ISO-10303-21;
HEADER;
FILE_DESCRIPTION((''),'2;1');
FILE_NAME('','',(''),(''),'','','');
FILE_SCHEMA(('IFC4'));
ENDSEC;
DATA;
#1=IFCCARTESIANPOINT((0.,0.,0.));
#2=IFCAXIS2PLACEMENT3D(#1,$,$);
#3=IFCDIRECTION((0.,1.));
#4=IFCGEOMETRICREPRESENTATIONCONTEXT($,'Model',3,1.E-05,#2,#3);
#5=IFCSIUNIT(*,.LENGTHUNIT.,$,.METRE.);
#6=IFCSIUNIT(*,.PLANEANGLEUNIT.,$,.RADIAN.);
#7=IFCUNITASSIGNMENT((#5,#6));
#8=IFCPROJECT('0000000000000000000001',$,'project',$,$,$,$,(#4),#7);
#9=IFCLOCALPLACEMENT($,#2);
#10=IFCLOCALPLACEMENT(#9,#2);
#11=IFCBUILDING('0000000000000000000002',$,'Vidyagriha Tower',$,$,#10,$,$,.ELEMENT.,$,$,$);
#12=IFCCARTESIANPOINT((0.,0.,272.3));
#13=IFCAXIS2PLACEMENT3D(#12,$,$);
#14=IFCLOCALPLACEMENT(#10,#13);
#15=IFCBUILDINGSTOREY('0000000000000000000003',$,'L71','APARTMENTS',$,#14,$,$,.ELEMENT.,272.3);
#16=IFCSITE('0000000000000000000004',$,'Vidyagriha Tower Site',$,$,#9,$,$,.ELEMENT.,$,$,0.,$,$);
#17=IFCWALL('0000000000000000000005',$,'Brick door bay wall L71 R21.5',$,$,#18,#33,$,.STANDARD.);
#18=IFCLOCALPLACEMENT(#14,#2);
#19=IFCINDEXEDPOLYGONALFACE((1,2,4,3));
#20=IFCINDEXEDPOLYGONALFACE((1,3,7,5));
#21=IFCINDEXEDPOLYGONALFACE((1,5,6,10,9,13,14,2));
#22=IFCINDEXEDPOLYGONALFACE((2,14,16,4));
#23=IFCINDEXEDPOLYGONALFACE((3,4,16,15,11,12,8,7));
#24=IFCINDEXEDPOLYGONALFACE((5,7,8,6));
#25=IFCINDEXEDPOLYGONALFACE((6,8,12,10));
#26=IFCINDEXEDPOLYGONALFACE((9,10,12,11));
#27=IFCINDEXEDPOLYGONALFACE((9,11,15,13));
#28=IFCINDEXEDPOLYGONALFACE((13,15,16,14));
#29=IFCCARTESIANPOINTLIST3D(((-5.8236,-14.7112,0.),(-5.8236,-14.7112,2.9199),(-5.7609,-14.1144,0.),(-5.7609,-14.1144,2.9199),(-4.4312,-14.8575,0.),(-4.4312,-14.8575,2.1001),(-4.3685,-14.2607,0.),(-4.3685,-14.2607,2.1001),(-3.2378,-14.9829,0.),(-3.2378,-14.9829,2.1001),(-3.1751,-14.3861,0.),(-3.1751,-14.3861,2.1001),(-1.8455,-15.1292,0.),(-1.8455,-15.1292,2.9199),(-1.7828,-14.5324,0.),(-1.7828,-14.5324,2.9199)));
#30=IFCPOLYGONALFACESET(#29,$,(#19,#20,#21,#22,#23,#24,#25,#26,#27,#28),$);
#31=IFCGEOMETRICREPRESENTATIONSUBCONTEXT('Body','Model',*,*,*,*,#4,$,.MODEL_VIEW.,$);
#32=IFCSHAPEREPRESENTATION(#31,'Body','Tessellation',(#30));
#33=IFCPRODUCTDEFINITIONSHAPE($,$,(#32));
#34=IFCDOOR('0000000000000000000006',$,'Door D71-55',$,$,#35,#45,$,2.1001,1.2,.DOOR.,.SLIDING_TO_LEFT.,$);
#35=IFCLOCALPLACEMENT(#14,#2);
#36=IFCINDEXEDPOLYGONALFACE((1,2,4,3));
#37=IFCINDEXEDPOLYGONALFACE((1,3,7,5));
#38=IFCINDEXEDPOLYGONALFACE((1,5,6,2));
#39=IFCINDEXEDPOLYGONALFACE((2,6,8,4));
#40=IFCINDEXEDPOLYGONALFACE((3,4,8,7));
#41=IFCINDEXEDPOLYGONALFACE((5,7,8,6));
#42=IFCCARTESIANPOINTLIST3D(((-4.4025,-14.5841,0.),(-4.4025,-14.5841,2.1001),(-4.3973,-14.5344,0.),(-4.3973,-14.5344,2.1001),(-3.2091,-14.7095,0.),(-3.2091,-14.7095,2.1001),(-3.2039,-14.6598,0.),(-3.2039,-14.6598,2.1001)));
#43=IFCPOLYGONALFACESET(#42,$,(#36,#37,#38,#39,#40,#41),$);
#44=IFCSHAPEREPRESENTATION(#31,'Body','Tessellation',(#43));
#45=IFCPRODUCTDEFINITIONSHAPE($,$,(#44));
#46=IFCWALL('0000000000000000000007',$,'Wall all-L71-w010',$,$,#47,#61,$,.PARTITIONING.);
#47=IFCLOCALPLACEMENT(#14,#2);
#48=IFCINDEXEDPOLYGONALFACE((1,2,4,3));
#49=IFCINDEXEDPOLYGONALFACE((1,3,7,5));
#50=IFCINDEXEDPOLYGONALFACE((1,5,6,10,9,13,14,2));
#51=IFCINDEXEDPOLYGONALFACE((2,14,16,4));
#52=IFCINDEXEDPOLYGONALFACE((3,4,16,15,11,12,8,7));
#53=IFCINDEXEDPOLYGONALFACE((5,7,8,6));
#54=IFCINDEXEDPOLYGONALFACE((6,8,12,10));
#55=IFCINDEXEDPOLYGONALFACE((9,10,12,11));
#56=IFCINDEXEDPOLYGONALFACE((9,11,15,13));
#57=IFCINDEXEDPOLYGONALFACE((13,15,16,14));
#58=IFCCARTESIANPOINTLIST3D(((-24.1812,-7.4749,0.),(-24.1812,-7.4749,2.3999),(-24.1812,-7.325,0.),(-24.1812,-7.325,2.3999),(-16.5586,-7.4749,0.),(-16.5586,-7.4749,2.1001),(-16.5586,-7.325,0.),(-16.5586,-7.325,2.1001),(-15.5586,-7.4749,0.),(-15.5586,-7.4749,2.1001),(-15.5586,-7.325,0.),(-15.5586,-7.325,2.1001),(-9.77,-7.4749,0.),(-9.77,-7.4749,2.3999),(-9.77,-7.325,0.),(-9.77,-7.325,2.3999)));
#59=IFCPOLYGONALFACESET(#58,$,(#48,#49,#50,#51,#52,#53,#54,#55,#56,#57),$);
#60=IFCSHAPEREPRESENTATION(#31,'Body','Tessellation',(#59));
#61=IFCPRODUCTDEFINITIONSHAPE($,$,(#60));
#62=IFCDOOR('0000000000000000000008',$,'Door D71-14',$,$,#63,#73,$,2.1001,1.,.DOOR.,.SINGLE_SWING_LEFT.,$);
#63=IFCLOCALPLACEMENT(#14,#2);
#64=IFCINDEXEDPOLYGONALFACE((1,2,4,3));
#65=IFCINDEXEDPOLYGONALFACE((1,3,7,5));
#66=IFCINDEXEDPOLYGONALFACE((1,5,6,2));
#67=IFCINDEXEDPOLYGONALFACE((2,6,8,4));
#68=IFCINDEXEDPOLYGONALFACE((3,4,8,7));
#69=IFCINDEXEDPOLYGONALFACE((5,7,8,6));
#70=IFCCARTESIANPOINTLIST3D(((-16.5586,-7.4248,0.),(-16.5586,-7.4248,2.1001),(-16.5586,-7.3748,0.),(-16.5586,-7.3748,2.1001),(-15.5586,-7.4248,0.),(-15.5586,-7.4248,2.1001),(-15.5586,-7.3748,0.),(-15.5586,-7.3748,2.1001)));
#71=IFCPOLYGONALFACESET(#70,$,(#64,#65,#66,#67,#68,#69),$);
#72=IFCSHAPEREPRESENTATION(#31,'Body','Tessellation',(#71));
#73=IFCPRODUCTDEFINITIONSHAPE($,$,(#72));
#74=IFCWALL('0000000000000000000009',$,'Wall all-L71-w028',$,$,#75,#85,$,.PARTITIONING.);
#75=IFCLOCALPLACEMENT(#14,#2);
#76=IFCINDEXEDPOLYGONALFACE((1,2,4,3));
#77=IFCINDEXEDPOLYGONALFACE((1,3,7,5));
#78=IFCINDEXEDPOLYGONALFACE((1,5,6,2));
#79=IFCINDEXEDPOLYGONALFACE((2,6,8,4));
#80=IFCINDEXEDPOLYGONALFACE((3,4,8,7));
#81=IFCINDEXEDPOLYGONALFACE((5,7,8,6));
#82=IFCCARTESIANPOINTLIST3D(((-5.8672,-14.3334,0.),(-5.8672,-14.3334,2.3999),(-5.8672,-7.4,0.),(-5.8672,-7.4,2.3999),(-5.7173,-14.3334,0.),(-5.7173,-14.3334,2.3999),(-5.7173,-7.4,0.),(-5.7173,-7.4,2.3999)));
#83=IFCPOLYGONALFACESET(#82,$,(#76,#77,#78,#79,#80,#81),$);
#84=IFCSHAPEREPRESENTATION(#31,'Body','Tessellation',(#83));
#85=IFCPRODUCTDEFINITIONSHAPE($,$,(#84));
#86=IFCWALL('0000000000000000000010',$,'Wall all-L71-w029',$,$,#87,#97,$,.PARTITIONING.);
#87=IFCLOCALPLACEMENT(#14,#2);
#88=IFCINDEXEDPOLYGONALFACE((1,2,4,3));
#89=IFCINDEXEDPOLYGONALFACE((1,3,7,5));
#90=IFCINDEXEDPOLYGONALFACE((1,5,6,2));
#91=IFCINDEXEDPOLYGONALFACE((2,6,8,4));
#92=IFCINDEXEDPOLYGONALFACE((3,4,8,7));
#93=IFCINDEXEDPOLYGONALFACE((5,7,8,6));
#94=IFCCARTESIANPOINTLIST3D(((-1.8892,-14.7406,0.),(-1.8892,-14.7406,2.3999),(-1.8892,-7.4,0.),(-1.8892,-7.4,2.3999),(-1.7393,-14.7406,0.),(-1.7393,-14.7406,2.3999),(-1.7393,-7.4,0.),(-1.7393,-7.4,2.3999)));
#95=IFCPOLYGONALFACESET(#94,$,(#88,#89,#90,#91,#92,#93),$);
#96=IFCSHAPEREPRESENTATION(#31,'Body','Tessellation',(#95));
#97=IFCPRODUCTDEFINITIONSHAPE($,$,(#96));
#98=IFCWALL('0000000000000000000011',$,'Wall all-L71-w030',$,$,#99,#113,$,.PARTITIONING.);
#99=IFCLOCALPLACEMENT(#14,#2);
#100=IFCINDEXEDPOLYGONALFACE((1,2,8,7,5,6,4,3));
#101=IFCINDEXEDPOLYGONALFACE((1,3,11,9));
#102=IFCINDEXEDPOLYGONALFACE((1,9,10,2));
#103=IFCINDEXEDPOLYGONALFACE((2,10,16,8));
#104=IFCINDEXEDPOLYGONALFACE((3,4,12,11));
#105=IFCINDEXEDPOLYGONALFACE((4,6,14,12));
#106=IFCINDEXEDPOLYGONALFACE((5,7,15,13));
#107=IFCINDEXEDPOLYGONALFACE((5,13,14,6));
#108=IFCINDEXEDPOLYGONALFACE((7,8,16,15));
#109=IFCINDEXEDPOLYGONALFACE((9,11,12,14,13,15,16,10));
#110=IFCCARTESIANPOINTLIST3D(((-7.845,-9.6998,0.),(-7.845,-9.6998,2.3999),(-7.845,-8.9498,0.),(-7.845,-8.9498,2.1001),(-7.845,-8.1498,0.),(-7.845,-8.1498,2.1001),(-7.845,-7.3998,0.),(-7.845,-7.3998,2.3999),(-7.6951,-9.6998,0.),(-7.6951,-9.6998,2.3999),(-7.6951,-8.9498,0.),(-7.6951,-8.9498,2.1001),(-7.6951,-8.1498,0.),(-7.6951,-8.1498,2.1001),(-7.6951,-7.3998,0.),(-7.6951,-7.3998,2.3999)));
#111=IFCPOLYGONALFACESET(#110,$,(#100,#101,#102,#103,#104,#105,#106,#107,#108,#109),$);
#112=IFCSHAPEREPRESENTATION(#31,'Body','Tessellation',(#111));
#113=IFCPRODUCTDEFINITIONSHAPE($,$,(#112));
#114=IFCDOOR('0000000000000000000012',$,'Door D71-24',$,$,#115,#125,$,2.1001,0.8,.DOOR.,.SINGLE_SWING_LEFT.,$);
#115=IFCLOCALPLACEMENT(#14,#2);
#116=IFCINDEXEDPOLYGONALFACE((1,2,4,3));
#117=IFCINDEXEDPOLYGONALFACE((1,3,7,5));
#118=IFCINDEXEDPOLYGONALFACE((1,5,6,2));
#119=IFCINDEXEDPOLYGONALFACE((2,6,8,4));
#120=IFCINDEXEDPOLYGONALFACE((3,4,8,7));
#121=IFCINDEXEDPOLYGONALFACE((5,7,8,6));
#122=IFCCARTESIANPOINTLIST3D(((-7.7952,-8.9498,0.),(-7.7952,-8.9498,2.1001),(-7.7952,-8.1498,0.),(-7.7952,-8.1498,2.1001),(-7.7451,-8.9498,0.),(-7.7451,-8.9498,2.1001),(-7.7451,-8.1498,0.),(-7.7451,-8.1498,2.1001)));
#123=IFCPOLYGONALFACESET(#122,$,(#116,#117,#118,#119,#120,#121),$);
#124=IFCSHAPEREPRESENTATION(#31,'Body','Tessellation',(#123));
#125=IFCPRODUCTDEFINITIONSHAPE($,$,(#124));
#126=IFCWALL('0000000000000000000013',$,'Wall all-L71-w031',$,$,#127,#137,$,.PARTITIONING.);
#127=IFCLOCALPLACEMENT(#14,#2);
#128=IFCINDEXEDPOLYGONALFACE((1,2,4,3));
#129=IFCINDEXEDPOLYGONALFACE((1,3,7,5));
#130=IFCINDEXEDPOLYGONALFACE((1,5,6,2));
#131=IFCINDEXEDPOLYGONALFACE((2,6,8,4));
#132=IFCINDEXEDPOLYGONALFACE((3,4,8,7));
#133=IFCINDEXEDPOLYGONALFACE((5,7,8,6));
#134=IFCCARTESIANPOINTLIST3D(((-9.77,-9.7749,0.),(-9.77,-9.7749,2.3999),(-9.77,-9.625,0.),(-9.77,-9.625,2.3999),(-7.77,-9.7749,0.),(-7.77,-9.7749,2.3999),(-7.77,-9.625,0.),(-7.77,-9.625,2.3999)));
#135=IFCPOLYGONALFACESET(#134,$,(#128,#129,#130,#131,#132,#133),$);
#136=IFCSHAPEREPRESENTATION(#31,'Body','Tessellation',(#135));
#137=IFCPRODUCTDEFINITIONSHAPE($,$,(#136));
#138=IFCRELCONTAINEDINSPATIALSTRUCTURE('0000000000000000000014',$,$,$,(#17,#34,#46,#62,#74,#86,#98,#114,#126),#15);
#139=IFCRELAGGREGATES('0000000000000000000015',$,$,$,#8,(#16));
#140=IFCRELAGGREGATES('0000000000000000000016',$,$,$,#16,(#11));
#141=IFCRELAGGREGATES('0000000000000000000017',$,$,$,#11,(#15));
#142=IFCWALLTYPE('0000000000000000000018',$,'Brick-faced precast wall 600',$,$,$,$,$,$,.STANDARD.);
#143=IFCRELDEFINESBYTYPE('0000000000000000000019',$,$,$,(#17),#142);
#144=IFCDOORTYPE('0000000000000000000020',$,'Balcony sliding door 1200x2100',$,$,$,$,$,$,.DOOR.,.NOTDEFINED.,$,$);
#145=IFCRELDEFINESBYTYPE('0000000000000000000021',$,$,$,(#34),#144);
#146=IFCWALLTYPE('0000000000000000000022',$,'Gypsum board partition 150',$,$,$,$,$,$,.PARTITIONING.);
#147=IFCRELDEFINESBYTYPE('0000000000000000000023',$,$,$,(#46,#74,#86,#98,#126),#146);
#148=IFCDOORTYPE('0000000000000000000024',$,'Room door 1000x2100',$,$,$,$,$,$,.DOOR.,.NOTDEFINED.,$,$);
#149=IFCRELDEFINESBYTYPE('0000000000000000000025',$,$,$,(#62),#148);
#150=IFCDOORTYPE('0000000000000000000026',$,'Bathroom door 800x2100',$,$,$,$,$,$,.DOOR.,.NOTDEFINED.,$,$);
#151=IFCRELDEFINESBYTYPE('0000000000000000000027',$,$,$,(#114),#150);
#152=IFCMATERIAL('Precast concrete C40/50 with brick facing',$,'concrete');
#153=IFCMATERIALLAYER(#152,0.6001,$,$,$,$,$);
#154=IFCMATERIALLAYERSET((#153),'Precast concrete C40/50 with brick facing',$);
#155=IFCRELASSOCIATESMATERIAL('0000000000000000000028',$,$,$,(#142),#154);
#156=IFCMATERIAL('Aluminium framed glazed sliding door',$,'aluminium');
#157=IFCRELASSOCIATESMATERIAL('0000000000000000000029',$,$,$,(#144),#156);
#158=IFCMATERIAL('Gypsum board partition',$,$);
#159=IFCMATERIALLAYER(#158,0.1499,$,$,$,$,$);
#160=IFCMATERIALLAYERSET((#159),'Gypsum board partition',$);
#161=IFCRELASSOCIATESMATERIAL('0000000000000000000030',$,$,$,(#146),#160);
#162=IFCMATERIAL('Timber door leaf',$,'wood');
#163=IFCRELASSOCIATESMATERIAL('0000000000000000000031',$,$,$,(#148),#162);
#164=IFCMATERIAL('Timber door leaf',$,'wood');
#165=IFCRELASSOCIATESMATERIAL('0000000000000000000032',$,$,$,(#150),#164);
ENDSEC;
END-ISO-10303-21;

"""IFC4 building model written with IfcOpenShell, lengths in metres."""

from ifc_helpers import new_model, si_unit, direction, frame, frame_2d, origin, place, context, subcontext, project, spatial, rectangle, extrude, material, layer, layer_set, type_object, element, fill, save


model = new_model("IFC4")

# Units and contexts
model_context = context("Model", 3, precision=1e-05, world=origin(), true_north=direction((0.0, 1.0)))
body_context = subcontext(model_context, "Body", "Model", "MODEL_VIEW")
ifc_project = project(units=[si_unit("LENGTHUNIT", "METRE"), si_unit("PLANEANGLEUNIT", "RADIAN")], contexts=[model_context])

# Site, building, storey
site_placement = place(None, origin())
site = spatial("IfcSite", under=ifc_project, at=site_placement, Name="Vidyagriha Tower Site", CompositionType="ELEMENT", RefElevation=0.0)
building_placement = place(site_placement, origin())
building = spatial("IfcBuilding", under=site, at=building_placement, Name="Vidyagriha Tower", CompositionType="ELEMENT")
storey_placement = place(building_placement, frame((0.0, 0.0, 272.3)))
storey = spatial("IfcBuildingStorey", under=building, at=storey_placement, Name="L71", Description="APARTMENTS", CompositionType="ELEMENT", Elevation=272.3)

# Walls, openings, doors
ifc_material_1 = material(Name="Precast concrete C40/50 with brick facing", Category="concrete")
ifc_layer_1 = layer(ifc_material_1, 0.6001)
ifc_layer_set_1 = layer_set([ifc_layer_1], Name="Precast concrete C40/50 with brick facing")
wall_type_1 = type_object("IfcWallType", Name="Brick-faced precast wall 600", PredefinedType="STANDARD", material=ifc_layer_set_1)
wall_1_placement = place(storey_placement, frame((-5.7922, -14.4128, 0.0), z_axis=(0.0, 0.0, 1.0), x_axis=(0.994526, -0.104494, 0.0)))
wall_1 = element("IfcWall", 1, at=wall_1_placement, inside=storey, type_object=wall_type_1, Name="Brick door bay wall L71 R21.5", PredefinedType="STANDARD", context=body_context, shape_type="SweptSolid", body=[
    extrude(rectangle(XDim=4.0, YDim=0.6001, at=frame_2d((2.0, 0.0))), origin(), (0.0, 0.0, 1.0), 2.9199),
])
opening_1_placement = place(wall_1_placement, frame((1.3999, 0.0, 0.0)))
opening_1 = element("IfcOpeningElement", 2, at=opening_1_placement, cuts=wall_1, PredefinedType="OPENING", context=body_context, shape_type="SweptSolid", body=[
    extrude(rectangle(XDim=1.2, YDim=2.1001, at=frame_2d((0.6001, 1.05))), frame((0.0, 0.3101, 0.0), z_axis=(0.0, -1.0, 0.0), x_axis=(1.0, 0.0, 0.0)), (0.0, 0.0, 1.0), 0.6201),
])
ifc_material_2 = material(Name="Aluminium framed glazed sliding door", Category="aluminium")
door_type_1 = type_object("IfcDoorType", Name="Balcony sliding door 1200x2100", OperationType="NOTDEFINED", PredefinedType="DOOR", material=ifc_material_2)
door_1_placement = place(opening_1_placement, origin())
door_1 = element("IfcDoor", 3, at=door_1_placement, inside=storey, type_object=door_type_1, Name="Door D71-55", OperationType="SLIDING_TO_LEFT", OverallHeight=2.1001, OverallWidth=1.2, PredefinedType="DOOR", context=body_context, shape_type="SweptSolid", body=[
    extrude(rectangle(XDim=1.2, YDim=2.1001, at=frame_2d((0.6001, 1.05))), frame((0.0, 0.0249, 0.0), z_axis=(0.0, -1.0, 0.0), x_axis=(1.0, 0.0, 0.0)), (0.0, 0.0, 1.0), 0.05),
])
fill(opening_1, door_1)
ifc_material_3 = material(Name="Gypsum board partition")
ifc_layer_2 = layer(ifc_material_3, 0.1499)
ifc_layer_set_2 = layer_set([ifc_layer_2], Name="Gypsum board partition")
wall_type_2 = type_object("IfcWallType", Name="Gypsum board partition 150", PredefinedType="PARTITIONING", material=ifc_layer_set_2)
wall_2_placement = place(storey_placement, frame((-9.77, -7.3999, 0.0), z_axis=(0.0, 0.0, 1.0), x_axis=(-1.0, 0.0, 0.0)))
wall_2 = element("IfcWall", 4, at=wall_2_placement, inside=storey, type_object=wall_type_2, Name="Wall all-L71-w010", PredefinedType="PARTITIONING", context=body_context, shape_type="SweptSolid", body=[
    extrude(rectangle(XDim=14.4111, YDim=0.1499, at=frame_2d((7.2056, 0.0))), origin(), (0.0, 0.0, 1.0), 2.3999),
])
opening_2_placement = place(wall_2_placement, frame((5.7886, 0.0, 0.0)))
opening_2 = element("IfcOpeningElement", 5, at=opening_2_placement, cuts=wall_2, PredefinedType="OPENING", context=body_context, shape_type="SweptSolid", body=[
    extrude(rectangle(XDim=1.0, YDim=2.1001, at=frame_2d((0.5, 1.05))), frame((0.0, 0.085, 0.0), z_axis=(0.0, -1.0, 0.0), x_axis=(1.0, 0.0, 0.0)), (0.0, 0.0, 1.0), 0.1699),
])
ifc_material_4 = material(Name="Timber door leaf", Category="wood")
door_type_2 = type_object("IfcDoorType", Name="Room door 1000x2100", OperationType="NOTDEFINED", PredefinedType="DOOR", material=ifc_material_4)
door_2_placement = place(opening_2_placement, origin())
door_2 = element("IfcDoor", 6, at=door_2_placement, inside=storey, type_object=door_type_2, Name="Door D71-14", OperationType="SINGLE_SWING_LEFT", OverallHeight=2.1001, OverallWidth=1.0, PredefinedType="DOOR", context=body_context, shape_type="SweptSolid", body=[
    extrude(rectangle(XDim=1.0, YDim=2.1001, at=frame_2d((0.5, 1.05))), frame((0.0, 0.0249, 0.0), z_axis=(0.0, -1.0, 0.0), x_axis=(1.0, 0.0, 0.0)), (0.0, 0.0, 1.0), 0.05),
])
fill(opening_2, door_2)

# Walls
wall_3_placement = place(storey_placement, frame((-5.7922, -7.3999, 0.0), z_axis=(0.0, 0.0, 1.0), x_axis=(0.0, -1.0, 0.0)))
element("IfcWall", 7, at=wall_3_placement, inside=storey, type_object=wall_type_2, Name="Wall all-L71-w028", PredefinedType="PARTITIONING", context=body_context, shape_type="SweptSolid", body=[
    extrude(rectangle(XDim=6.9333, YDim=0.1499, at=frame_2d((3.4668, 0.0))), origin(), (0.0, 0.0, 1.0), 2.3999),
])
wall_4_placement = place(storey_placement, frame((-1.8142, -7.3999, 0.0), z_axis=(0.0, 0.0, 1.0), x_axis=(0.0, -1.0, 0.0)))
element("IfcWall", 8, at=wall_4_placement, inside=storey, type_object=wall_type_2, Name="Wall all-L71-w029", PredefinedType="PARTITIONING", context=body_context, shape_type="SweptSolid", body=[
    extrude(rectangle(XDim=7.3406, YDim=0.1499, at=frame_2d((3.6704, 0.0))), origin(), (0.0, 0.0, 1.0), 2.3999),
])

# Wall, opening, door
wall_5_placement = place(storey_placement, frame((-7.77, -7.3999, 0.0), z_axis=(0.0, 0.0, 1.0), x_axis=(0.0, -1.0, 0.0)))
wall_5 = element("IfcWall", 9, at=wall_5_placement, inside=storey, type_object=wall_type_2, Name="Wall all-L71-w030", PredefinedType="PARTITIONING", context=body_context, shape_type="SweptSolid", body=[
    extrude(rectangle(XDim=2.3, YDim=0.1499, at=frame_2d((1.1499, 0.0))), origin(), (0.0, 0.0, 1.0), 2.3999),
])
opening_3_placement = place(wall_5_placement, frame((0.75, 0.0, 0.0)))
opening_3 = element("IfcOpeningElement", 10, at=opening_3_placement, cuts=wall_5, PredefinedType="OPENING", context=body_context, shape_type="SweptSolid", body=[
    extrude(rectangle(XDim=0.8, YDim=2.1001, at=frame_2d((0.3999, 1.05))), frame((0.0, 0.085, 0.0), z_axis=(0.0, -1.0, 0.0), x_axis=(1.0, 0.0, 0.0)), (0.0, 0.0, 1.0), 0.1699),
])
ifc_material_5 = material(Name="Timber door leaf", Category="wood")
door_type_3 = type_object("IfcDoorType", Name="Bathroom door 800x2100", OperationType="NOTDEFINED", PredefinedType="DOOR", material=ifc_material_5)
door_3_placement = place(opening_3_placement, origin())
door_3 = element("IfcDoor", 11, at=door_3_placement, inside=storey, type_object=door_type_3, Name="Door D71-24", OperationType="SINGLE_SWING_LEFT", OverallHeight=2.1001, OverallWidth=0.8, PredefinedType="DOOR", context=body_context, shape_type="SweptSolid", body=[
    extrude(rectangle(XDim=0.8, YDim=2.1001, at=frame_2d((0.3999, 1.05))), frame((0.0, 0.0249, 0.0), z_axis=(0.0, -1.0, 0.0), x_axis=(1.0, 0.0, 0.0)), (0.0, 0.0, 1.0), 0.05),
])
fill(opening_3, door_3)

# Wall
wall_6_placement = place(storey_placement, frame((-7.77, -9.7, 0.0), z_axis=(0.0, 0.0, 1.0), x_axis=(-1.0, 0.0, 0.0)))
element("IfcWall", 12, at=wall_6_placement, inside=storey, type_object=wall_type_2, Name="Wall all-L71-w031", PredefinedType="PARTITIONING", context=body_context, shape_type="SweptSolid", body=[
    extrude(rectangle(XDim=2.0, YDim=0.1499, at=frame_2d((1.0, 0.0))), origin(), (0.0, 0.0, 1.0), 2.3999),
])

save(model, "model.ifc")
